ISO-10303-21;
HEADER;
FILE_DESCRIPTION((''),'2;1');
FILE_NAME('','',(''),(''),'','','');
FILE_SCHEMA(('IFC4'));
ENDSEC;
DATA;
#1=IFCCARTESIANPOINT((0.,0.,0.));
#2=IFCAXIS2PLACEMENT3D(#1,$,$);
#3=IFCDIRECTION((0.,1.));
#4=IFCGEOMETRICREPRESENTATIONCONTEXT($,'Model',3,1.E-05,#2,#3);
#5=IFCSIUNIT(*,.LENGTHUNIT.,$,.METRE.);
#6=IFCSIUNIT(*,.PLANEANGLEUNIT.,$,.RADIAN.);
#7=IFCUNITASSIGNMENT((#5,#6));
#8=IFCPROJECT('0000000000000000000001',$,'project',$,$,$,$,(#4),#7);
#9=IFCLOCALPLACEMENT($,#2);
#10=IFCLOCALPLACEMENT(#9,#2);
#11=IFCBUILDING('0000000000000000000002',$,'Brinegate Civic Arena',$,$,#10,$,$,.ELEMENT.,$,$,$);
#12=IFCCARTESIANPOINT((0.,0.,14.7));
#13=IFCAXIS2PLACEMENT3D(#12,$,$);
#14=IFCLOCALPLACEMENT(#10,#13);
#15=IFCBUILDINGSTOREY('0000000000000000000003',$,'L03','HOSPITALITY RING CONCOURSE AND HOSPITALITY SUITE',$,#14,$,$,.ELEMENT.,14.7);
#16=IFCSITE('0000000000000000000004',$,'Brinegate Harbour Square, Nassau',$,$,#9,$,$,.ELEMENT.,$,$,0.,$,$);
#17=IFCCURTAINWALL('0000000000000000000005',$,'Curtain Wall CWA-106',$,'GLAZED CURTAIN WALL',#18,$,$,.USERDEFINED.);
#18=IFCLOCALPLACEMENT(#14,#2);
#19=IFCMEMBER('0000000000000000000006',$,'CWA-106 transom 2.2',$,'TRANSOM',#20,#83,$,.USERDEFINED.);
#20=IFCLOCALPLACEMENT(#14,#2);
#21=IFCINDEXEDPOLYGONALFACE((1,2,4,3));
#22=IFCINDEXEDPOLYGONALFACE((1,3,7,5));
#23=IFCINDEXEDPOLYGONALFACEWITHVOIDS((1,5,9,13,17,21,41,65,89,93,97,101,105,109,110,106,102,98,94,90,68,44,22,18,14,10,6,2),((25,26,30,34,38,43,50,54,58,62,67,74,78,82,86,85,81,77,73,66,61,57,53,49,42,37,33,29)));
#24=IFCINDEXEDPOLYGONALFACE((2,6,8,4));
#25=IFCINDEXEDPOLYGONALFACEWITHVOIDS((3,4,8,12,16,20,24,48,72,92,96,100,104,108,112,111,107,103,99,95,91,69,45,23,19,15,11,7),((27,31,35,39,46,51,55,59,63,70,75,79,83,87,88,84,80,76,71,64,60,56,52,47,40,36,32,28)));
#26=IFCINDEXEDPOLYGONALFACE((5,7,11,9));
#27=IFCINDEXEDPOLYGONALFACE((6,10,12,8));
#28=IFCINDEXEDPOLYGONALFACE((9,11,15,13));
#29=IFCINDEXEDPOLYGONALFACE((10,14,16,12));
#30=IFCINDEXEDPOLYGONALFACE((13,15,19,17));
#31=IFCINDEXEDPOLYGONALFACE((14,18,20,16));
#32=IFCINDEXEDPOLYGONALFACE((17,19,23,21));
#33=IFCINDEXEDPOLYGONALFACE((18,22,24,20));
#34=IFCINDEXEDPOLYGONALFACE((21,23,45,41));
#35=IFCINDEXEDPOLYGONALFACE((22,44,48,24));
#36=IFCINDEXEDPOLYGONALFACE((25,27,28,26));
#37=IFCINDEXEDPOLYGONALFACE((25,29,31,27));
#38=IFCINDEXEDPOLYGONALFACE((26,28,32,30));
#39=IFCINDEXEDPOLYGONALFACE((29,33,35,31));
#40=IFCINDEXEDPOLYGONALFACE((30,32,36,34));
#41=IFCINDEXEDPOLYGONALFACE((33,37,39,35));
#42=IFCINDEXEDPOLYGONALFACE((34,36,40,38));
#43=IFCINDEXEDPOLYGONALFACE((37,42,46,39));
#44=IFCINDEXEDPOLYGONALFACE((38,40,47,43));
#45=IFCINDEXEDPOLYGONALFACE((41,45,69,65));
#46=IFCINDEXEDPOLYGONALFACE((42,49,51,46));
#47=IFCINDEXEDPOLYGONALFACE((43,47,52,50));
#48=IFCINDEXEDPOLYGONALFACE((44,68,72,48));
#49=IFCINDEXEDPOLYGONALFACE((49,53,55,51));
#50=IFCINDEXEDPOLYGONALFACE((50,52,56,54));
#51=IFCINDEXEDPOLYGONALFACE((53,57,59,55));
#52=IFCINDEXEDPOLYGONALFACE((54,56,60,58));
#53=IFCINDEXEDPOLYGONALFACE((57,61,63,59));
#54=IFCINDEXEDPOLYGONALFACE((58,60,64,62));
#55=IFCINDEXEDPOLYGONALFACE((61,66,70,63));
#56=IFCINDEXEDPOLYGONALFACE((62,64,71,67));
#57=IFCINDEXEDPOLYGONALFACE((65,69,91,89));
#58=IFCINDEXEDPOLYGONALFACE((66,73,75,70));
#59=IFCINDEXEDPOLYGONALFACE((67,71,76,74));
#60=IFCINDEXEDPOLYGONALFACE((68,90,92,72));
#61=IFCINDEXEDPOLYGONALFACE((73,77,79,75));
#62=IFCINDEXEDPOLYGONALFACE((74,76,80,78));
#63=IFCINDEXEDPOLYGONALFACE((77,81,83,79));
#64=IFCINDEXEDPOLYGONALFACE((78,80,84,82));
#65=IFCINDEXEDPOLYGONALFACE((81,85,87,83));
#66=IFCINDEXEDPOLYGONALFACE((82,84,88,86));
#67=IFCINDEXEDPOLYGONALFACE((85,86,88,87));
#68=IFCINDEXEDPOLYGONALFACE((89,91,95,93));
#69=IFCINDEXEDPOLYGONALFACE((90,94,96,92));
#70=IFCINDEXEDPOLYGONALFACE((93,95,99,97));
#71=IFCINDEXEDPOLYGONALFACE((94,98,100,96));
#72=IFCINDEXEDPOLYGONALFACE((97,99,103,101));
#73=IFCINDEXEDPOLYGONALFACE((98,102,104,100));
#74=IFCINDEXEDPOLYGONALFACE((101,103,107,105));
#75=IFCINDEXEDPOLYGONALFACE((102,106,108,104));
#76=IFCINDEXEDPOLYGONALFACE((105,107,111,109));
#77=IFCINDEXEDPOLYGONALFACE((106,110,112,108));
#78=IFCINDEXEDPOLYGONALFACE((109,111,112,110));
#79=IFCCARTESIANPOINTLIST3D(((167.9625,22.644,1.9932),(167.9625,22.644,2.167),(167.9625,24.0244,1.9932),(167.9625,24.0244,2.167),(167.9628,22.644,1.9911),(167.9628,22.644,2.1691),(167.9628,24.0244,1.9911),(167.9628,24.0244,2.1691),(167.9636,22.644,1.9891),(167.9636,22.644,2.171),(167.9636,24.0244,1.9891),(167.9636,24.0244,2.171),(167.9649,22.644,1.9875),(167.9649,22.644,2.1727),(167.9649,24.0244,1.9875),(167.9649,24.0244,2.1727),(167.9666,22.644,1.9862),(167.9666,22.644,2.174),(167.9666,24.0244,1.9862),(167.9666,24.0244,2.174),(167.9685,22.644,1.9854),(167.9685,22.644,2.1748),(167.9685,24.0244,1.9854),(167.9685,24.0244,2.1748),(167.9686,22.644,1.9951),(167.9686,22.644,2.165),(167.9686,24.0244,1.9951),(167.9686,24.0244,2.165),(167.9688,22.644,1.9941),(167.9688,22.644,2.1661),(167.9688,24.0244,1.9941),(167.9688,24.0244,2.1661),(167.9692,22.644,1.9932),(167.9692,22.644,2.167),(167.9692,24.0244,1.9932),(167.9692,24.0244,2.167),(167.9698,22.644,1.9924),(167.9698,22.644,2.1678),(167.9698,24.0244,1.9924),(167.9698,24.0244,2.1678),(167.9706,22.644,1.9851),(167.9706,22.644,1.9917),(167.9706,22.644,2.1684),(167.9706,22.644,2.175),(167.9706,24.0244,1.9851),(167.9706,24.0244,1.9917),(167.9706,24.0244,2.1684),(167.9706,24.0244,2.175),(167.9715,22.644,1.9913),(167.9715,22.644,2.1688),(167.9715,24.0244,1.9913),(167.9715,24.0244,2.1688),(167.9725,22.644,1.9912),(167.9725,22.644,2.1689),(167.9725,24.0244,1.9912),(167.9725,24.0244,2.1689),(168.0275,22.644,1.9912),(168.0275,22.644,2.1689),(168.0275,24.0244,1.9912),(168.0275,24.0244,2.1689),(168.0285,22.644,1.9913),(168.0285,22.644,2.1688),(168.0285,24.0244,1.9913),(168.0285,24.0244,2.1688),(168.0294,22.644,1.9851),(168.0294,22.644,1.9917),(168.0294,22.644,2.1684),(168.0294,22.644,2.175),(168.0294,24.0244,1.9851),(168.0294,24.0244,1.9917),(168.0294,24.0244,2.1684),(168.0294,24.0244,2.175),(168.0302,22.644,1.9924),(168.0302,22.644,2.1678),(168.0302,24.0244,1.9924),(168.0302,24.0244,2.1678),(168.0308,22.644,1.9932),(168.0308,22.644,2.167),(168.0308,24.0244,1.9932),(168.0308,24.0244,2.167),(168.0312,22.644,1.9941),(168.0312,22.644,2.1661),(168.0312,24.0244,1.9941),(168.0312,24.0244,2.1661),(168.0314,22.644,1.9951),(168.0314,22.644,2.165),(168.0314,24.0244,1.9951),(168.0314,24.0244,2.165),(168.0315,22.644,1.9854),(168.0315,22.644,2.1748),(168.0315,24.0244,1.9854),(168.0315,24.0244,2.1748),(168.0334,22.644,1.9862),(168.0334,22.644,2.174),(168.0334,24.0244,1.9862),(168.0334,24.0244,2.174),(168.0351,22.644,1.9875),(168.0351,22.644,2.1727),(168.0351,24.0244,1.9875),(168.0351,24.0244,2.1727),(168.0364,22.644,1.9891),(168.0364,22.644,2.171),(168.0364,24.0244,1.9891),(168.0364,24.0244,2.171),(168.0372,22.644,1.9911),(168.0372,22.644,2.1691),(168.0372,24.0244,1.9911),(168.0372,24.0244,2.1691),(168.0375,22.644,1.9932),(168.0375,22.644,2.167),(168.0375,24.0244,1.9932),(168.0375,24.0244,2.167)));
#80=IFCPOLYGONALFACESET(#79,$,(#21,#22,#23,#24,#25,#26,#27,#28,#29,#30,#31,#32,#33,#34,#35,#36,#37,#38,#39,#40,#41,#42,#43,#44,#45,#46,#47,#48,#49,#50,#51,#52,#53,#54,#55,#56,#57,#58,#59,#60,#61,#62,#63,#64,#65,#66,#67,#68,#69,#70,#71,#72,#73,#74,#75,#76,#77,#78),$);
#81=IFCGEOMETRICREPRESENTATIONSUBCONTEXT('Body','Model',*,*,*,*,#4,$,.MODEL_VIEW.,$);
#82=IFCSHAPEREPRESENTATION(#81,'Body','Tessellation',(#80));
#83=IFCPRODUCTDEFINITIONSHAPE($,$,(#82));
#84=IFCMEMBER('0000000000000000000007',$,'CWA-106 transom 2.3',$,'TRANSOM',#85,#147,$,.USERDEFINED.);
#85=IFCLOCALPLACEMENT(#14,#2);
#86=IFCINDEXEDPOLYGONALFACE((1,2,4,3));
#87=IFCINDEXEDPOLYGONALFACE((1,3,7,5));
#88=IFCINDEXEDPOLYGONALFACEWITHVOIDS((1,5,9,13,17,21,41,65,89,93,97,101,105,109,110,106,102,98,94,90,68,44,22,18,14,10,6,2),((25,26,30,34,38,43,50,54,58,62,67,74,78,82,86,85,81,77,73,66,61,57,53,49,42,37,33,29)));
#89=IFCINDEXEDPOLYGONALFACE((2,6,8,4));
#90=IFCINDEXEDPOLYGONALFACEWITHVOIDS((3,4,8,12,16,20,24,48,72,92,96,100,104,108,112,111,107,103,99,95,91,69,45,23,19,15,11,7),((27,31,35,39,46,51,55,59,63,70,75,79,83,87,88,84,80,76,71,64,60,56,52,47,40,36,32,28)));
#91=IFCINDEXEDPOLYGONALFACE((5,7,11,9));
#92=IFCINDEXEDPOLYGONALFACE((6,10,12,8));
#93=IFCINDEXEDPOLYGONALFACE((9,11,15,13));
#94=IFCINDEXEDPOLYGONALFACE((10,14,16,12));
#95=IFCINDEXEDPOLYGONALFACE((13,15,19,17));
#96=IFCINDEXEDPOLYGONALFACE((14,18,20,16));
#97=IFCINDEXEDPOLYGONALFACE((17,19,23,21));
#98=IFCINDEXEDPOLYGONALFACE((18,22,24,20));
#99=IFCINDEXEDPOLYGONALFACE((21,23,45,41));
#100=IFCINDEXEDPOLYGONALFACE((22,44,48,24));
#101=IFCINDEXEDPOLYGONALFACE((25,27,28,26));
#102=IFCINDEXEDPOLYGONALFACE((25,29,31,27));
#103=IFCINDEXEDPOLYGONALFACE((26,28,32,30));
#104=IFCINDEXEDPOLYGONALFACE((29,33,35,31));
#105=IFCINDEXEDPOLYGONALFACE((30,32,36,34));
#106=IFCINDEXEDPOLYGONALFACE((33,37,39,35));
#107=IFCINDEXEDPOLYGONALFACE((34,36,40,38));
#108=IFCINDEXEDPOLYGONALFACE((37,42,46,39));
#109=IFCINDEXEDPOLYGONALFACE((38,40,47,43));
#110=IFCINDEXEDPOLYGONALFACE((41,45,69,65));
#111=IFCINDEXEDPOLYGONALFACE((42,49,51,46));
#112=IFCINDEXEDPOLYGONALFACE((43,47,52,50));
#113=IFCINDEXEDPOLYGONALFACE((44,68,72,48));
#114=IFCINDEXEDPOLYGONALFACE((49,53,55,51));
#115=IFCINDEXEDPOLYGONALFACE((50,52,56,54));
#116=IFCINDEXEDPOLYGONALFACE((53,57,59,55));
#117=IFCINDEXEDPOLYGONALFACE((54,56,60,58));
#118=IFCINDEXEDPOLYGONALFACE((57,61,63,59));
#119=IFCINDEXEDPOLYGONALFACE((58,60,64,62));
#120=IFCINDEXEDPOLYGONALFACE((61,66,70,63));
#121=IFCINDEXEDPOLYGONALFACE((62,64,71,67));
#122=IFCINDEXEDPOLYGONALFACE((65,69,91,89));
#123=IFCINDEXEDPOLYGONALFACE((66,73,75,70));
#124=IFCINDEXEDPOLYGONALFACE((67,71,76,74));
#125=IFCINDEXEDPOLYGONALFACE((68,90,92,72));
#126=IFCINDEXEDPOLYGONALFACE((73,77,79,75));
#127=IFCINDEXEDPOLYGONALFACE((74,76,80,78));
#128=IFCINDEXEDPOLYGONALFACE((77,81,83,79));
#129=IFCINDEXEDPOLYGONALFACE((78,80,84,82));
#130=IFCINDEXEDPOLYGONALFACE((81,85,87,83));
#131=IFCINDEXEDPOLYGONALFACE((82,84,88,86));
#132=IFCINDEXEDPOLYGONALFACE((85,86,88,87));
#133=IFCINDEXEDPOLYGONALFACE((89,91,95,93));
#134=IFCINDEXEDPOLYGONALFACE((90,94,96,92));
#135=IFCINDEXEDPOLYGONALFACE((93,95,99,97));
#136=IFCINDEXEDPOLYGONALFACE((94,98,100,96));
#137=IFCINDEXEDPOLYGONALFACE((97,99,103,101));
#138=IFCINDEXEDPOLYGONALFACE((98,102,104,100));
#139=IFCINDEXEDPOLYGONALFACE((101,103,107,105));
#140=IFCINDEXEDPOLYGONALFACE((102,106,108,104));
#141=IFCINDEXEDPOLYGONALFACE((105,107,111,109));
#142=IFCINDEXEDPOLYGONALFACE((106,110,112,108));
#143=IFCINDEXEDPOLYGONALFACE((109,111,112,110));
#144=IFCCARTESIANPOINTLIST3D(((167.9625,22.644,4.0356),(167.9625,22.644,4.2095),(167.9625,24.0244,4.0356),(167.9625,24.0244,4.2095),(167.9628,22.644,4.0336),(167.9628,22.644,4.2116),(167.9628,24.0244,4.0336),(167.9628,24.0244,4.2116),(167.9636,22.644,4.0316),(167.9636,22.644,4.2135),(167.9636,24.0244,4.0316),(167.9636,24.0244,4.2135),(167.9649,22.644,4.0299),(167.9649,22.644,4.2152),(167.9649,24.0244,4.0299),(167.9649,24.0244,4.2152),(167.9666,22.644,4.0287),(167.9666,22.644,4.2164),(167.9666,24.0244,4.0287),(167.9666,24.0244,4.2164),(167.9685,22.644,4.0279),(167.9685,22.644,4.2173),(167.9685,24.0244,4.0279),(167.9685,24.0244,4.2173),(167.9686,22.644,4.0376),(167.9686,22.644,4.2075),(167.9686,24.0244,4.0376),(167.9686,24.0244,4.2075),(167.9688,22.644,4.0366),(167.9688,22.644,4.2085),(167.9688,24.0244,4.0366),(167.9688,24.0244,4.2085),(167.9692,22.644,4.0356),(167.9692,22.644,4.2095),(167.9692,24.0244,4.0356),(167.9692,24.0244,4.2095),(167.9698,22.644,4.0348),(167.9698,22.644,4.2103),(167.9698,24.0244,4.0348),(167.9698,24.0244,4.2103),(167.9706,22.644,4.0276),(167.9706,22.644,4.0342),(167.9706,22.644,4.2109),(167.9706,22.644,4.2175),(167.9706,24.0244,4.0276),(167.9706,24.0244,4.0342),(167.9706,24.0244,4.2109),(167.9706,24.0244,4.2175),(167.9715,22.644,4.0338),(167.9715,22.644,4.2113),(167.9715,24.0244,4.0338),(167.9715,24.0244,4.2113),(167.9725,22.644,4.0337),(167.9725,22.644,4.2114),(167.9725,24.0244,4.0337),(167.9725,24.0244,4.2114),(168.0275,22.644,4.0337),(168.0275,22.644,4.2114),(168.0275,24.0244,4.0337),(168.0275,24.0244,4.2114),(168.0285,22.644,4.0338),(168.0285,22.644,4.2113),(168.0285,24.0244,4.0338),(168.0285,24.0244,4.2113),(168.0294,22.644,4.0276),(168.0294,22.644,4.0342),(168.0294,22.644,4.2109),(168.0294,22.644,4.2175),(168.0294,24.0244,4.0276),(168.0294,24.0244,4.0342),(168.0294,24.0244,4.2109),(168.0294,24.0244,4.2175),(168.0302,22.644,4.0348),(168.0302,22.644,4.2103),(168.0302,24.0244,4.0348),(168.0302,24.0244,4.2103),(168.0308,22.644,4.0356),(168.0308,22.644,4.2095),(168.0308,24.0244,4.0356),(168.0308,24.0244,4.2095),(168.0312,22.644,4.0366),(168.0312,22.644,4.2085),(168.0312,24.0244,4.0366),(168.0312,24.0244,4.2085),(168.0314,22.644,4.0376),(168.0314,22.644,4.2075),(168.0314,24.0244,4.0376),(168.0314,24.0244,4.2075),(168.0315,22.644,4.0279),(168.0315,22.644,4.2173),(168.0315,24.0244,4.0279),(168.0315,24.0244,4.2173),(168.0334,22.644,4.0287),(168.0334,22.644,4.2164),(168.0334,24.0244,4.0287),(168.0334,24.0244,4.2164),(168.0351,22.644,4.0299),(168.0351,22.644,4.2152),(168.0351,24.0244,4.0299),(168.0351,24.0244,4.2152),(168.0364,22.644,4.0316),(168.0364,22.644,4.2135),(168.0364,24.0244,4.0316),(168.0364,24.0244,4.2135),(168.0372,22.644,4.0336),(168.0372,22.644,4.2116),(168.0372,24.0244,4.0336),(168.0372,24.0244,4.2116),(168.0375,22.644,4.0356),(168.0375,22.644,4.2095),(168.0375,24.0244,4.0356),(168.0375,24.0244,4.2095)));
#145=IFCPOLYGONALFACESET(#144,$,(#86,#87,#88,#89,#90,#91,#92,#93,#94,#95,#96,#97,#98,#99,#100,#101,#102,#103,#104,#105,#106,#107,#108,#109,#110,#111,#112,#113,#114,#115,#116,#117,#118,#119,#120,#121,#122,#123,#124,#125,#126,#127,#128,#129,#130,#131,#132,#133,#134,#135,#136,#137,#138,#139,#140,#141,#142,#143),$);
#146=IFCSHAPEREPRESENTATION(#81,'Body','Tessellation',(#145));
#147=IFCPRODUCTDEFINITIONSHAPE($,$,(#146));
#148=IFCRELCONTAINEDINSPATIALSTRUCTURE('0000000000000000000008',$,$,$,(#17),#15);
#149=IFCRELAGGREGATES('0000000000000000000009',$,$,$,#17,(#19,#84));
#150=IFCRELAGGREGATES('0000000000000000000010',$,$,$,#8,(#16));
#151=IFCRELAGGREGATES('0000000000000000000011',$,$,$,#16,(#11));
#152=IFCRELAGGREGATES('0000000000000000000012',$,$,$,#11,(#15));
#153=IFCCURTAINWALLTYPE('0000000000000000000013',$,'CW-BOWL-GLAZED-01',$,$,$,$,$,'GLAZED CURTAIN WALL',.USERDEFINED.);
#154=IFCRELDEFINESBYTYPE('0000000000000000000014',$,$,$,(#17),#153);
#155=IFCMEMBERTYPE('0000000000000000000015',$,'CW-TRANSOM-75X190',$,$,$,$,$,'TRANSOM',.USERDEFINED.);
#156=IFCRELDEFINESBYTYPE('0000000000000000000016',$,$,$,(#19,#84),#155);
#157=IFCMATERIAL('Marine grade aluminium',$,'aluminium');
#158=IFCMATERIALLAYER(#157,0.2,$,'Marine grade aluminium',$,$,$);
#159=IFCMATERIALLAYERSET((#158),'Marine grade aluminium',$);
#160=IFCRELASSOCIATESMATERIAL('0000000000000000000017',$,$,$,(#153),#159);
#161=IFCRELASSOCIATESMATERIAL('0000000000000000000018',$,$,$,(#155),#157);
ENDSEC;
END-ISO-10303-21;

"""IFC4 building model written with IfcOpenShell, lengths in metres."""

from ifc_helpers import new_model, si_unit, direction, frame, origin, origin_2d, place, context, subcontext, project, spatial, hollow_rectangle, extrude, material, layer, layer_set, material_profile, profile_set, type_object, element, aggregate, save


model = new_model("IFC4")

# Units and contexts
model_context = context("Model", 3, precision=1e-05, world=origin(), true_north=direction((0.0, 1.0)))
body_context = subcontext(model_context, "Body", "Model", "MODEL_VIEW")
ifc_project = project(units=[si_unit("LENGTHUNIT", "METRE"), si_unit("PLANEANGLEUNIT", "RADIAN")], contexts=[model_context])

# Site, building, storey
site_placement = place(None, origin())
site = spatial("IfcSite", under=ifc_project, at=site_placement, Name="Brinegate Harbour Square, Nassau", CompositionType="ELEMENT", RefElevation=0.0)
building_placement = place(site_placement, origin())
building = spatial("IfcBuilding", under=site, at=building_placement, Name="Brinegate Civic Arena", CompositionType="ELEMENT")
storey_placement = place(building_placement, frame((0.0, 0.0, 14.7)))
storey = spatial("IfcBuildingStorey", under=building, at=storey_placement, Name="L03", Description="HOSPITALITY RING CONCOURSE AND HOSPITALITY SUITE", CompositionType="ELEMENT", Elevation=14.7)

# Shared definitions
ifc_material_1 = material(Name="Marine grade aluminium", Category="aluminium")
ifc_layer_1 = layer(ifc_material_1, 0.2, Name="Marine grade aluminium")
ifc_layer_set_1 = layer_set([ifc_layer_1], Name="Marine grade aluminium")
curtain_wall_type = type_object("IfcCurtainWallType", Name="CW-BOWL-GLAZED-01", ElementType="GLAZED CURTAIN WALL", PredefinedType="USERDEFINED", material=ifc_layer_set_1)

# Curtain wall, members
curtain_wall_1_placement = place(storey_placement, origin())
curtain_wall_1 = element("IfcCurtainWall", 1, at=curtain_wall_1_placement, inside=storey, type_object=curtain_wall_type, Name="Curtain Wall CWA-106", ObjectType="GLAZED CURTAIN WALL", PredefinedType="USERDEFINED")
ifc_material_profile_1 = material_profile(ifc_material_1, hollow_rectangle(XDim=0.075, YDim=0.1899, WallThickness=0.0061, InnerFilletRadius=0.0039, OuterFilletRadius=0.0081, at=origin_2d()), Name="TRN75X190")
ifc_profile_set_1 = profile_set([ifc_material_profile_1], Name="Marine grade aluminium")
member_type_1 = type_object("IfcMemberType", Name="CW-TRANSOM-75X190", ElementType="TRANSOM", PredefinedType="USERDEFINED", material=ifc_profile_set_1)
member_1_placement = place(storey_placement, frame((168.0, 22.644, 2.0801), z_axis=(0.0, 1.0, 0.0), x_axis=(-1.0, 0.0, 0.0)))
member_1 = element("IfcMember", 2, at=member_1_placement, type_object=member_type_1, Name="CWA-106 transom 2.2", ObjectType="TRANSOM", PredefinedType="USERDEFINED", context=body_context, shape_type="SweptSolid", body=[
    extrude(hollow_rectangle(XDim=0.075, YDim=0.1899, WallThickness=0.0061, InnerFilletRadius=0.0039, OuterFilletRadius=0.0081, at=origin_2d()), origin(), (0.0, 0.0, 1.0), 1.3804),
])
member_2_placement = place(storey_placement, frame((168.0, 22.644, 4.1226), z_axis=(0.0, 1.0, 0.0), x_axis=(-1.0, 0.0, 0.0)))
member_2 = element("IfcMember", 3, at=member_2_placement, type_object=member_type_1, Name="CWA-106 transom 2.3", ObjectType="TRANSOM", PredefinedType="USERDEFINED", context=body_context, shape_type="SweptSolid", body=[
    extrude(hollow_rectangle(XDim=0.075, YDim=0.1899, WallThickness=0.0061, InnerFilletRadius=0.0039, OuterFilletRadius=0.0081, at=origin_2d()), origin(), (0.0, 0.0, 1.0), 1.3804),
])

aggregate(curtain_wall_1, [member_1, member_2])

save(model, "model.ifc")
